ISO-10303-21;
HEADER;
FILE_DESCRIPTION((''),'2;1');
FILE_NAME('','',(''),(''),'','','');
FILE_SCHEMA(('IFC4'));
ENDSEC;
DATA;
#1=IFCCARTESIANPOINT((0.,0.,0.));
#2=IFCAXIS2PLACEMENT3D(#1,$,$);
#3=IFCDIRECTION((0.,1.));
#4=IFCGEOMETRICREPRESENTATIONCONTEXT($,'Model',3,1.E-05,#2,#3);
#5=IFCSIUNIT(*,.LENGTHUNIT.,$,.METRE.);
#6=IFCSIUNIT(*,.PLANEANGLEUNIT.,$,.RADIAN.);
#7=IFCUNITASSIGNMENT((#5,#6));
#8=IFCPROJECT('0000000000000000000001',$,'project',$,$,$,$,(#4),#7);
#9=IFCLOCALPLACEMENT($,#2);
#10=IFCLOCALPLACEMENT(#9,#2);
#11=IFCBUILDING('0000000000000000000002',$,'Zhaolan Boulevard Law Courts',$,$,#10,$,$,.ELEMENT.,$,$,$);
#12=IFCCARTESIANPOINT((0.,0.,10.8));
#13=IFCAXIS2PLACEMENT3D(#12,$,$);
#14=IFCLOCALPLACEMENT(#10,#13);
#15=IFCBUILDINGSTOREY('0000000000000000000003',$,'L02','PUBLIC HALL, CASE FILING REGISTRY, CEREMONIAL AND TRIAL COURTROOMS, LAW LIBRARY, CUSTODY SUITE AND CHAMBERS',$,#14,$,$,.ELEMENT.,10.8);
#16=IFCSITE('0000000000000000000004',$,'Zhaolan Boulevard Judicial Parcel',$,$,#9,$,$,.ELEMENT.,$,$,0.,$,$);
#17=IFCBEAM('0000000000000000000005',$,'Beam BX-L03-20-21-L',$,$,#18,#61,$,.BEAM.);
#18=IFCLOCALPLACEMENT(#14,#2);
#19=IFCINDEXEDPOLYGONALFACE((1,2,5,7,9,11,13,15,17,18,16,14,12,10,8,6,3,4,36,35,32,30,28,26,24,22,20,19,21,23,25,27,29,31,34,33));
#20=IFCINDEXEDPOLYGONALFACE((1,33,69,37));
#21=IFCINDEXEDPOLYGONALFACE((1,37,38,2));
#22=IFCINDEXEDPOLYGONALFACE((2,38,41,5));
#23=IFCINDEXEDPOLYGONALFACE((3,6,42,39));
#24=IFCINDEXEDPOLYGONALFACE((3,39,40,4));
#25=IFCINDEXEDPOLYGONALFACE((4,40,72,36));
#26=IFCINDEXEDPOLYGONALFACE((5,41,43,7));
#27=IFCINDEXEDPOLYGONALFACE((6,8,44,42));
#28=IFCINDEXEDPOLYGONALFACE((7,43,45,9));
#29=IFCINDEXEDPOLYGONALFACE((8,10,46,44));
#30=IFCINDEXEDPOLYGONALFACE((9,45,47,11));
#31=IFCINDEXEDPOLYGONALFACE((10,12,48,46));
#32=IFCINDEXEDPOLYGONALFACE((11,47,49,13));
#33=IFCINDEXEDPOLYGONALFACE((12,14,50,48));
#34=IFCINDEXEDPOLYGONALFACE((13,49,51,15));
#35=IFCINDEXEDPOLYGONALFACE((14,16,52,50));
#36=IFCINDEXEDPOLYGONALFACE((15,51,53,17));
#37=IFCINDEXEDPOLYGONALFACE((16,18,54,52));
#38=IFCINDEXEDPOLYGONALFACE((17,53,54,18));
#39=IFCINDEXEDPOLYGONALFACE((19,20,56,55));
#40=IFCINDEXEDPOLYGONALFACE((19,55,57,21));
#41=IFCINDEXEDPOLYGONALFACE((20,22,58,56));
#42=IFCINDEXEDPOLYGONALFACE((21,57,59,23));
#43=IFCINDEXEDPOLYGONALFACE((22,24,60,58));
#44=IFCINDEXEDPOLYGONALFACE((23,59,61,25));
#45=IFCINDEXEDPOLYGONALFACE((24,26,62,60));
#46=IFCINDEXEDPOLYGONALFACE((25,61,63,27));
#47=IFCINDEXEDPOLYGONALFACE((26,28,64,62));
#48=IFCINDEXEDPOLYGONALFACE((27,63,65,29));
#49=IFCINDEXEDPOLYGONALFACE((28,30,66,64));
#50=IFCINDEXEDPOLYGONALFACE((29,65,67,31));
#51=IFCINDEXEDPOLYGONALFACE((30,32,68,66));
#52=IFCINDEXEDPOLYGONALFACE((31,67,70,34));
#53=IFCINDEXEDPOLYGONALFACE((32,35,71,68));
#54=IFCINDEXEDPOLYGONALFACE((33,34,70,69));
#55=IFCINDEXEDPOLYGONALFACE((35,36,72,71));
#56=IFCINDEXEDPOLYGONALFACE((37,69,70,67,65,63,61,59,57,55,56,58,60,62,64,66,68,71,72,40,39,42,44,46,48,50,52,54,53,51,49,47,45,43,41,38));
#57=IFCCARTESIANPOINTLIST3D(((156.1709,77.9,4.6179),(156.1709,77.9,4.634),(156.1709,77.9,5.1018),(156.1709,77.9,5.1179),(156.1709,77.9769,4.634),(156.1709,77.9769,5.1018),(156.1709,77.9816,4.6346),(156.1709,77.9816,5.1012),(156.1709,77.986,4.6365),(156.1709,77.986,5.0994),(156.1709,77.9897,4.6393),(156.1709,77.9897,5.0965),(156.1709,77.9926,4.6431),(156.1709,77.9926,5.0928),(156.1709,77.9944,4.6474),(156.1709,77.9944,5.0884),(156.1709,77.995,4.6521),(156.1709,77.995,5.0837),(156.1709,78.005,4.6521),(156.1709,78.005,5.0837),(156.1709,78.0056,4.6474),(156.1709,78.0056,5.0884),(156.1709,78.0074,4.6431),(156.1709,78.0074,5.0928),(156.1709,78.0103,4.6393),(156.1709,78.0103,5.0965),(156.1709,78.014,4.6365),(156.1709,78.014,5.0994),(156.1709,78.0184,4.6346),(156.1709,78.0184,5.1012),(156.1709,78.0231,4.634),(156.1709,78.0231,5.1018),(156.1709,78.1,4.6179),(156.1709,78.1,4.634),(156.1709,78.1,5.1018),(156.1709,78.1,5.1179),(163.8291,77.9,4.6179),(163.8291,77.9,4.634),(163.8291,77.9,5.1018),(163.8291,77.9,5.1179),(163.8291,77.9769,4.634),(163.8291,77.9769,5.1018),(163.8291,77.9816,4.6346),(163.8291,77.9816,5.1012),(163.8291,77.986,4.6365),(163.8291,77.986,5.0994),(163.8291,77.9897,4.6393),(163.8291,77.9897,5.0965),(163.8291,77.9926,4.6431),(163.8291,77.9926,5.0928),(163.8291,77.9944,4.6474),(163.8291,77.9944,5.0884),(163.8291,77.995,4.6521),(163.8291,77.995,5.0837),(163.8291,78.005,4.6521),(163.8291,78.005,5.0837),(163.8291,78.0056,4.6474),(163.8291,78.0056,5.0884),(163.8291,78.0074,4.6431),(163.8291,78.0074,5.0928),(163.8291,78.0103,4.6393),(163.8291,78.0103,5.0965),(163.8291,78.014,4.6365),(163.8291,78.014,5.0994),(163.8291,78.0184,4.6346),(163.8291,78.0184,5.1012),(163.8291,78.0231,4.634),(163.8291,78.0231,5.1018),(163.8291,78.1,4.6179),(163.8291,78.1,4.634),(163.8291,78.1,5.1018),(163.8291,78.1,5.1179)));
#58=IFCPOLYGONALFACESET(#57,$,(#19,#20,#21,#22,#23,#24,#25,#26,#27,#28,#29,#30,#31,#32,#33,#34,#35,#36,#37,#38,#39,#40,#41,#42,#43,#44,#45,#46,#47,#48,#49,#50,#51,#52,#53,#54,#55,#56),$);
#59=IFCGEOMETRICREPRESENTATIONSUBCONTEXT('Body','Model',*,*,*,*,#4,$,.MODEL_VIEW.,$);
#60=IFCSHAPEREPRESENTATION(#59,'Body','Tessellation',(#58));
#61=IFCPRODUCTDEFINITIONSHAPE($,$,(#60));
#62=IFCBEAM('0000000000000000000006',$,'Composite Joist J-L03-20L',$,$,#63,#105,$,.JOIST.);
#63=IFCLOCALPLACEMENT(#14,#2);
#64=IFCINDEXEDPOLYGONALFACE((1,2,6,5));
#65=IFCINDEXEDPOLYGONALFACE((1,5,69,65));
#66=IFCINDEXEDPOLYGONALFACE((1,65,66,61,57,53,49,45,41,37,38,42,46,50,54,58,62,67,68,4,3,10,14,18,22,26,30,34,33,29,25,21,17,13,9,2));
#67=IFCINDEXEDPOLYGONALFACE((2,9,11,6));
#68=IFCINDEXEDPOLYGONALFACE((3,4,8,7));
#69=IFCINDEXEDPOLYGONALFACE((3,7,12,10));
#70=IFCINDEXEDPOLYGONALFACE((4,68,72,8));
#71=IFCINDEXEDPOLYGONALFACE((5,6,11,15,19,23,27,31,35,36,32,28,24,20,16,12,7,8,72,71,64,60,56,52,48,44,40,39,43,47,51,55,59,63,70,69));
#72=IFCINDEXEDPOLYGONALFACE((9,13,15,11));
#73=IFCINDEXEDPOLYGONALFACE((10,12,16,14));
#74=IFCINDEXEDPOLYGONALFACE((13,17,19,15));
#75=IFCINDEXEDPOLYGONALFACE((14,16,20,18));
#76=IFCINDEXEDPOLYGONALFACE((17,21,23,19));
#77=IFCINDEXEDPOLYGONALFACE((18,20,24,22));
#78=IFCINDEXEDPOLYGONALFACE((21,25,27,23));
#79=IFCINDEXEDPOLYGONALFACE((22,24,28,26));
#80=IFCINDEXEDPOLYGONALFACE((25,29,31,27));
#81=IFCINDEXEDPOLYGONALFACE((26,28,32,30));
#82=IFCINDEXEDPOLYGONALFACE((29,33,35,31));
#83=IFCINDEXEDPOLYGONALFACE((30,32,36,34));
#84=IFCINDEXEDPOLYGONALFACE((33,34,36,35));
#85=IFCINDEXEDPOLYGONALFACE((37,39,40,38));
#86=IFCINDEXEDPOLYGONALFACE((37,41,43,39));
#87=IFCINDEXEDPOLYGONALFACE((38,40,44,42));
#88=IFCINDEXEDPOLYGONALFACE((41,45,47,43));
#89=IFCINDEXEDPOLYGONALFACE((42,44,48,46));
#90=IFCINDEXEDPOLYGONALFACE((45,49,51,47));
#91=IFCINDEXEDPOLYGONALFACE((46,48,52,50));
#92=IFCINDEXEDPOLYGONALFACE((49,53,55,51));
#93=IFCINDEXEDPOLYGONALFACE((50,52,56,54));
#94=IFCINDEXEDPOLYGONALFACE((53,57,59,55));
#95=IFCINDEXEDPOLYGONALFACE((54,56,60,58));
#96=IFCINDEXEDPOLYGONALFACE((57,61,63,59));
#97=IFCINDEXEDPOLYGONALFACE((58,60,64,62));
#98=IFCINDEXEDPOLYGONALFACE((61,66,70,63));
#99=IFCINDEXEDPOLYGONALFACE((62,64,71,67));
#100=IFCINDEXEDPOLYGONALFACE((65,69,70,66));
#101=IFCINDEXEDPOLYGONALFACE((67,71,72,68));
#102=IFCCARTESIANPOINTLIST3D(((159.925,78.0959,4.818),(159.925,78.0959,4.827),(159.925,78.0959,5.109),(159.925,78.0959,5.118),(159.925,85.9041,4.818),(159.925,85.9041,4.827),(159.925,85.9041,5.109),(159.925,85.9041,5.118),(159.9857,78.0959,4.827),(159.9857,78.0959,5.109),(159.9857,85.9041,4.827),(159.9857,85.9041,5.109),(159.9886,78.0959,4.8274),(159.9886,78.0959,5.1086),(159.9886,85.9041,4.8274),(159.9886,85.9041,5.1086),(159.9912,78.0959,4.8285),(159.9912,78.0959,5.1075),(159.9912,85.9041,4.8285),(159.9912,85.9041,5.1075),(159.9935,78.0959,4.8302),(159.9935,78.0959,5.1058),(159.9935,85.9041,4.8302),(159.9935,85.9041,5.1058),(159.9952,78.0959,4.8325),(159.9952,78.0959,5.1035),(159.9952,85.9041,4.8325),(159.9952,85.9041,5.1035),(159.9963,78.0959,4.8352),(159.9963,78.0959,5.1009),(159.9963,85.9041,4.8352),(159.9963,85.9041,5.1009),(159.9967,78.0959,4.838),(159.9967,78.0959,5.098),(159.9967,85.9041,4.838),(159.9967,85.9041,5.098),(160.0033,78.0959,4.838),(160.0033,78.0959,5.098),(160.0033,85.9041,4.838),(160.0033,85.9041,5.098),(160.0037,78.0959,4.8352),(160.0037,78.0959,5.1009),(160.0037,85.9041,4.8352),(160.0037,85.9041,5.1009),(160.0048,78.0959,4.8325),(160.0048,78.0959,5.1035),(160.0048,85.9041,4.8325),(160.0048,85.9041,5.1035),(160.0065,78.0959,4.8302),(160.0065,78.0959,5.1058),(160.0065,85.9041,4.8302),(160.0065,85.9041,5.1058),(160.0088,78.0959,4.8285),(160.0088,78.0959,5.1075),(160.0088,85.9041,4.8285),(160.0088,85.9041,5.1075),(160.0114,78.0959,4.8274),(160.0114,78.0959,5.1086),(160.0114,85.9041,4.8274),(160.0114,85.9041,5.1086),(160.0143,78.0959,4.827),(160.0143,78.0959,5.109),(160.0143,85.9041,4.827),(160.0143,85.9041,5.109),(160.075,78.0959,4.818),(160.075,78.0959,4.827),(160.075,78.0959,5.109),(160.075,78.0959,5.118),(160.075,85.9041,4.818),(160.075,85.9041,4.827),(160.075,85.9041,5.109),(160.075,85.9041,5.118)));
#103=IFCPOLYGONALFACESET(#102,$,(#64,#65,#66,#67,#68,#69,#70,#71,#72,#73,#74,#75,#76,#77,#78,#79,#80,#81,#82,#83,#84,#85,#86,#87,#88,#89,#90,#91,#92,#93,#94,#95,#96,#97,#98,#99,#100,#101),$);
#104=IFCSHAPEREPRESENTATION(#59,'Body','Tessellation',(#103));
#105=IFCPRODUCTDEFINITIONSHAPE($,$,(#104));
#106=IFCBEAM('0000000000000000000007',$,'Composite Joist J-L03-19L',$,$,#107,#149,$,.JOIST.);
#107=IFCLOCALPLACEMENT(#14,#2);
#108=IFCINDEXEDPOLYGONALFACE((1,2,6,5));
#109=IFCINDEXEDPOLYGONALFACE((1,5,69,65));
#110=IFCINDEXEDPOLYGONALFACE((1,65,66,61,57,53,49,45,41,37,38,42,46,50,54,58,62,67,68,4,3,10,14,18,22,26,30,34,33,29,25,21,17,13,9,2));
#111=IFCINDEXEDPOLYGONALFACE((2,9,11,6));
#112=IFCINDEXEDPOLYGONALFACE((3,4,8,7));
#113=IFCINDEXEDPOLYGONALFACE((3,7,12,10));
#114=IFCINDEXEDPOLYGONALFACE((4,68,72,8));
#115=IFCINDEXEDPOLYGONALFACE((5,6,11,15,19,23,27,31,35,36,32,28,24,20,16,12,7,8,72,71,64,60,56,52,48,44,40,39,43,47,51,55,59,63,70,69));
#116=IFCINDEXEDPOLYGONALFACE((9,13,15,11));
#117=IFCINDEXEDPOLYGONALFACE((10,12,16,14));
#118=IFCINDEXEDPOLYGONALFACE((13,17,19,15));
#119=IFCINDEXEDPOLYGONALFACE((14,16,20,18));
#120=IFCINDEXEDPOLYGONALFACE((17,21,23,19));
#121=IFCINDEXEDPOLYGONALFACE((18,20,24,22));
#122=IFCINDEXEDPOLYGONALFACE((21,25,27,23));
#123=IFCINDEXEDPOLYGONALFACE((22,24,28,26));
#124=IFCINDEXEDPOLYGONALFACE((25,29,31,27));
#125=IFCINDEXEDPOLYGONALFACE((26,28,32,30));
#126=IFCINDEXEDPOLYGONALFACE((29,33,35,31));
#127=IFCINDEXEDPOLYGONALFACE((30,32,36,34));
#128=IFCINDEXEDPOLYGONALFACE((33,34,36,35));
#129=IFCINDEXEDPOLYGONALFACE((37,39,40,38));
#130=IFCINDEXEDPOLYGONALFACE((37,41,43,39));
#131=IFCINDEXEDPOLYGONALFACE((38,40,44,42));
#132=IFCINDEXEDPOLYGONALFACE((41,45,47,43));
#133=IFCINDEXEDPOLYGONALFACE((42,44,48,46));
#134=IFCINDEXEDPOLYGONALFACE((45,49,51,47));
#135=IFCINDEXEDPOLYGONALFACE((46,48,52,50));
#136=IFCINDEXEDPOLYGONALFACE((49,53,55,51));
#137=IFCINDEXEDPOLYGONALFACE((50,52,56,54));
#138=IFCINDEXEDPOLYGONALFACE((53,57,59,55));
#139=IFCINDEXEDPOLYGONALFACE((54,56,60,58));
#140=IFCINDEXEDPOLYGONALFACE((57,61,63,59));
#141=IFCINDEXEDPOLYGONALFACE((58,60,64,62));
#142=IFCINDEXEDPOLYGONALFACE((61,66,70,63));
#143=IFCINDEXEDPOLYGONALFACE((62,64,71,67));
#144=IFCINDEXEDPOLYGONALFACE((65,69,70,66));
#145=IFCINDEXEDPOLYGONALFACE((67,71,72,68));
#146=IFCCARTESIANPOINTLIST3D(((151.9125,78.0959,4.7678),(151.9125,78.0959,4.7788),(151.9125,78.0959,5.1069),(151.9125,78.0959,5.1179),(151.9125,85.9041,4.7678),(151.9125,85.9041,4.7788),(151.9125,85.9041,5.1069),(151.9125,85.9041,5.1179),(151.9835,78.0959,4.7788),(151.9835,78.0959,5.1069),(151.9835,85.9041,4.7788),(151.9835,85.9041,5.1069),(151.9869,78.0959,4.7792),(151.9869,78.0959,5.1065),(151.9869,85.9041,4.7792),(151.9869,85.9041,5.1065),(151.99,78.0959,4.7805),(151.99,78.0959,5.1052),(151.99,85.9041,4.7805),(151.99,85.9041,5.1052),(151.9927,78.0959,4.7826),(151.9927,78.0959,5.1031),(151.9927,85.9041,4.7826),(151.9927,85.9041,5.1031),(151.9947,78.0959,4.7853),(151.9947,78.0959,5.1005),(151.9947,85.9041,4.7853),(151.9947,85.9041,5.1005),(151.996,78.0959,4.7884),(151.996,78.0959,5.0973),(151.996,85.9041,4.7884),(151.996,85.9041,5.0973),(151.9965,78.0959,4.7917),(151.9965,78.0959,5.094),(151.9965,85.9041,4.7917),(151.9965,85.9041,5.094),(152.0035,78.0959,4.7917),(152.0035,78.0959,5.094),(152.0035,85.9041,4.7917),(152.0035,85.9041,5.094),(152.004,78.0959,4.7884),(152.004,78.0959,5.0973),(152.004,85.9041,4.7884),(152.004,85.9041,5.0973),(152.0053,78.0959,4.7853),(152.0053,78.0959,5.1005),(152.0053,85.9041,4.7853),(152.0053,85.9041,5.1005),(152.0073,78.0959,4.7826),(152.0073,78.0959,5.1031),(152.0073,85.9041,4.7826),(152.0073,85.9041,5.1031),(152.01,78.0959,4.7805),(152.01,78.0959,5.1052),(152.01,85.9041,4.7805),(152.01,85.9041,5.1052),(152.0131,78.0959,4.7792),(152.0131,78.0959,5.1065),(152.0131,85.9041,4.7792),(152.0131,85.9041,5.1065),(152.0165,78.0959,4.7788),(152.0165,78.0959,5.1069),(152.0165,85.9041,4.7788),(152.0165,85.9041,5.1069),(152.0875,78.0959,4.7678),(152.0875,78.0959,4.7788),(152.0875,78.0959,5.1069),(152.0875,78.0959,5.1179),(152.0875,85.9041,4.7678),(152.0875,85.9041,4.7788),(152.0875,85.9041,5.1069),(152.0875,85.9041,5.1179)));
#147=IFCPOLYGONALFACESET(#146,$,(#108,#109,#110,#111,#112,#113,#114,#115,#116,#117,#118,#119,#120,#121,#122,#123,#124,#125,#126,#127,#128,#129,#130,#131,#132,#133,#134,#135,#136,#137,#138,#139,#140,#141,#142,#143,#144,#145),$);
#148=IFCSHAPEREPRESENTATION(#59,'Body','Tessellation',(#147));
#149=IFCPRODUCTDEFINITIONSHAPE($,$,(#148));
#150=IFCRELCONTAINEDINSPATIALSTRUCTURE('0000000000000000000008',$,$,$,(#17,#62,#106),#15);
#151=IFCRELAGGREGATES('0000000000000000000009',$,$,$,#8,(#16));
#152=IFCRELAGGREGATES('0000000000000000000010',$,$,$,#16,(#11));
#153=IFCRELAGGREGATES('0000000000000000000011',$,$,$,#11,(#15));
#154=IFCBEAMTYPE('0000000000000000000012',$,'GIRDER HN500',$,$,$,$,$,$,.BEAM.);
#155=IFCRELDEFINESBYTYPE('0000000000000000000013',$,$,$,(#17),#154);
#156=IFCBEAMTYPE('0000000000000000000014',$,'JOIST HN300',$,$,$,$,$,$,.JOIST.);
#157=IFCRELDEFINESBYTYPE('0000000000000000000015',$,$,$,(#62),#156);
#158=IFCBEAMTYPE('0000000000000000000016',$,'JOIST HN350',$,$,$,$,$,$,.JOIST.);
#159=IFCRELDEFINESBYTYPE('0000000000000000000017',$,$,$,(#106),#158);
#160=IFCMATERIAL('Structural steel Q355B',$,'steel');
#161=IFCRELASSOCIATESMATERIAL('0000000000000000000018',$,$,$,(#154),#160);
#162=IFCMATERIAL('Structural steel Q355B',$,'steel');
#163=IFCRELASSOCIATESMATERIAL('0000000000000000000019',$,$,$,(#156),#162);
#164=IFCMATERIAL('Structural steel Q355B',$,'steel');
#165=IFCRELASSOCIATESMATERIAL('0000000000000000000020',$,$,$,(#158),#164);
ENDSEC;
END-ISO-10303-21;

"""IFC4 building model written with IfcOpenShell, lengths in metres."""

from ifc_helpers import new_model, si_unit, direction, frame, origin, origin_2d, place, context, subcontext, project, spatial, i_section, extrude, material, material_profile, profile_set, type_object, element, save


model = new_model("IFC4")

# Units and contexts
model_context = context("Model", 3, precision=1e-05, world=origin(), true_north=direction((0.0, 1.0)))
body_context = subcontext(model_context, "Body", "Model", "MODEL_VIEW")
ifc_project = project(units=[si_unit("LENGTHUNIT", "METRE"), si_unit("PLANEANGLEUNIT", "RADIAN")], contexts=[model_context])

# Site, building, storey
site_placement = place(None, origin())
site = spatial("IfcSite", under=ifc_project, at=site_placement, Name="Zhaolan Boulevard Judicial Parcel", CompositionType="ELEMENT", RefElevation=0.0)
building_placement = place(site_placement, origin())
building = spatial("IfcBuilding", under=site, at=building_placement, Name="Zhaolan Boulevard Law Courts", CompositionType="ELEMENT")
storey_placement = place(building_placement, frame((0.0, 0.0, 10.8)))
storey = spatial("IfcBuildingStorey", under=building, at=storey_placement, Name="L02", Description="PUBLIC HALL, CASE FILING REGISTRY, CEREMONIAL AND TRIAL COURTROOMS, LAW LIBRARY, CUSTODY SUITE AND CHAMBERS", CompositionType="ELEMENT", Elevation=10.8)

# Beams
ifc_material_1 = material(Name="Structural steel Q355B", Category="steel")
ifc_material_profile_1 = material_profile(ifc_material_1, i_section(OverallWidth=0.2, OverallDepth=0.5, WebThickness=0.01, FlangeThickness=0.0161, FilletRadius=0.0181, at=origin_2d()), Name="HN500x200")
ifc_profile_set_1 = profile_set([ifc_material_profile_1], Name="Structural steel Q355B")
beam_type_1 = type_object("IfcBeamType", Name="GIRDER HN500", PredefinedType="BEAM", material=ifc_profile_set_1)
beam_1_placement = place(storey_placement, frame((156.1709, 78.0, 4.8679), z_axis=(1.0, 0.0, 0.0), x_axis=(0.0, 1.0, 0.0)))
element("IfcBeam", 1, at=beam_1_placement, inside=storey, type_object=beam_type_1, Name="Beam BX-L03-20-21-L", PredefinedType="BEAM", context=body_context, shape_type="SweptSolid", body=[
    extrude(i_section(OverallWidth=0.2, OverallDepth=0.5, WebThickness=0.01, FlangeThickness=0.0161, FilletRadius=0.0181, at=origin_2d()), origin(), (0.0, 0.0, 1.0), 7.6582),
])
ifc_material_2 = material(Name="Structural steel Q355B", Category="steel")
ifc_material_profile_2 = material_profile(ifc_material_2, i_section(OverallWidth=0.1499, OverallDepth=0.3, WebThickness=0.0066, FlangeThickness=0.009, FilletRadius=0.011, at=origin_2d()), Name="HN300x150")
ifc_profile_set_2 = profile_set([ifc_material_profile_2], Name="Structural steel Q355B")
beam_type_2 = type_object("IfcBeamType", Name="JOIST HN300", PredefinedType="JOIST", material=ifc_profile_set_2)
beam_2_placement = place(storey_placement, frame((160.0, 78.0959, 4.968), z_axis=(0.0, 1.0, 0.0), x_axis=(-1.0, 0.0, 0.0)))
element("IfcBeam", 2, at=beam_2_placement, inside=storey, type_object=beam_type_2, Name="Composite Joist J-L03-20L", PredefinedType="JOIST", context=body_context, shape_type="SweptSolid", body=[
    extrude(i_section(OverallWidth=0.1499, OverallDepth=0.3, WebThickness=0.0066, FlangeThickness=0.009, FilletRadius=0.011, at=origin_2d()), origin(), (0.0, 0.0, 1.0), 7.8081),
])
ifc_material_3 = material(Name="Structural steel Q355B", Category="steel")
ifc_material_profile_3 = material_profile(ifc_material_3, i_section(OverallWidth=0.175, OverallDepth=0.3501, WebThickness=0.0071, FlangeThickness=0.011, FilletRadius=0.0129, at=origin_2d()), Name="HN350x175")
ifc_profile_set_3 = profile_set([ifc_material_profile_3], Name="Structural steel Q355B")
beam_type_3 = type_object("IfcBeamType", Name="JOIST HN350", PredefinedType="JOIST", material=ifc_profile_set_3)
beam_3_placement = place(storey_placement, frame((152.0, 78.0959, 4.9429), z_axis=(0.0, 1.0, 0.0), x_axis=(-1.0, 0.0, 0.0)))
element("IfcBeam", 3, at=beam_3_placement, inside=storey, type_object=beam_type_3, Name="Composite Joist J-L03-19L", PredefinedType="JOIST", context=body_context, shape_type="SweptSolid", body=[
    extrude(i_section(OverallWidth=0.175, OverallDepth=0.3501, WebThickness=0.0071, FlangeThickness=0.011, FilletRadius=0.0129, at=origin_2d()), origin(), (0.0, 0.0, 1.0), 7.8081),
])

save(model, "model.ifc")
